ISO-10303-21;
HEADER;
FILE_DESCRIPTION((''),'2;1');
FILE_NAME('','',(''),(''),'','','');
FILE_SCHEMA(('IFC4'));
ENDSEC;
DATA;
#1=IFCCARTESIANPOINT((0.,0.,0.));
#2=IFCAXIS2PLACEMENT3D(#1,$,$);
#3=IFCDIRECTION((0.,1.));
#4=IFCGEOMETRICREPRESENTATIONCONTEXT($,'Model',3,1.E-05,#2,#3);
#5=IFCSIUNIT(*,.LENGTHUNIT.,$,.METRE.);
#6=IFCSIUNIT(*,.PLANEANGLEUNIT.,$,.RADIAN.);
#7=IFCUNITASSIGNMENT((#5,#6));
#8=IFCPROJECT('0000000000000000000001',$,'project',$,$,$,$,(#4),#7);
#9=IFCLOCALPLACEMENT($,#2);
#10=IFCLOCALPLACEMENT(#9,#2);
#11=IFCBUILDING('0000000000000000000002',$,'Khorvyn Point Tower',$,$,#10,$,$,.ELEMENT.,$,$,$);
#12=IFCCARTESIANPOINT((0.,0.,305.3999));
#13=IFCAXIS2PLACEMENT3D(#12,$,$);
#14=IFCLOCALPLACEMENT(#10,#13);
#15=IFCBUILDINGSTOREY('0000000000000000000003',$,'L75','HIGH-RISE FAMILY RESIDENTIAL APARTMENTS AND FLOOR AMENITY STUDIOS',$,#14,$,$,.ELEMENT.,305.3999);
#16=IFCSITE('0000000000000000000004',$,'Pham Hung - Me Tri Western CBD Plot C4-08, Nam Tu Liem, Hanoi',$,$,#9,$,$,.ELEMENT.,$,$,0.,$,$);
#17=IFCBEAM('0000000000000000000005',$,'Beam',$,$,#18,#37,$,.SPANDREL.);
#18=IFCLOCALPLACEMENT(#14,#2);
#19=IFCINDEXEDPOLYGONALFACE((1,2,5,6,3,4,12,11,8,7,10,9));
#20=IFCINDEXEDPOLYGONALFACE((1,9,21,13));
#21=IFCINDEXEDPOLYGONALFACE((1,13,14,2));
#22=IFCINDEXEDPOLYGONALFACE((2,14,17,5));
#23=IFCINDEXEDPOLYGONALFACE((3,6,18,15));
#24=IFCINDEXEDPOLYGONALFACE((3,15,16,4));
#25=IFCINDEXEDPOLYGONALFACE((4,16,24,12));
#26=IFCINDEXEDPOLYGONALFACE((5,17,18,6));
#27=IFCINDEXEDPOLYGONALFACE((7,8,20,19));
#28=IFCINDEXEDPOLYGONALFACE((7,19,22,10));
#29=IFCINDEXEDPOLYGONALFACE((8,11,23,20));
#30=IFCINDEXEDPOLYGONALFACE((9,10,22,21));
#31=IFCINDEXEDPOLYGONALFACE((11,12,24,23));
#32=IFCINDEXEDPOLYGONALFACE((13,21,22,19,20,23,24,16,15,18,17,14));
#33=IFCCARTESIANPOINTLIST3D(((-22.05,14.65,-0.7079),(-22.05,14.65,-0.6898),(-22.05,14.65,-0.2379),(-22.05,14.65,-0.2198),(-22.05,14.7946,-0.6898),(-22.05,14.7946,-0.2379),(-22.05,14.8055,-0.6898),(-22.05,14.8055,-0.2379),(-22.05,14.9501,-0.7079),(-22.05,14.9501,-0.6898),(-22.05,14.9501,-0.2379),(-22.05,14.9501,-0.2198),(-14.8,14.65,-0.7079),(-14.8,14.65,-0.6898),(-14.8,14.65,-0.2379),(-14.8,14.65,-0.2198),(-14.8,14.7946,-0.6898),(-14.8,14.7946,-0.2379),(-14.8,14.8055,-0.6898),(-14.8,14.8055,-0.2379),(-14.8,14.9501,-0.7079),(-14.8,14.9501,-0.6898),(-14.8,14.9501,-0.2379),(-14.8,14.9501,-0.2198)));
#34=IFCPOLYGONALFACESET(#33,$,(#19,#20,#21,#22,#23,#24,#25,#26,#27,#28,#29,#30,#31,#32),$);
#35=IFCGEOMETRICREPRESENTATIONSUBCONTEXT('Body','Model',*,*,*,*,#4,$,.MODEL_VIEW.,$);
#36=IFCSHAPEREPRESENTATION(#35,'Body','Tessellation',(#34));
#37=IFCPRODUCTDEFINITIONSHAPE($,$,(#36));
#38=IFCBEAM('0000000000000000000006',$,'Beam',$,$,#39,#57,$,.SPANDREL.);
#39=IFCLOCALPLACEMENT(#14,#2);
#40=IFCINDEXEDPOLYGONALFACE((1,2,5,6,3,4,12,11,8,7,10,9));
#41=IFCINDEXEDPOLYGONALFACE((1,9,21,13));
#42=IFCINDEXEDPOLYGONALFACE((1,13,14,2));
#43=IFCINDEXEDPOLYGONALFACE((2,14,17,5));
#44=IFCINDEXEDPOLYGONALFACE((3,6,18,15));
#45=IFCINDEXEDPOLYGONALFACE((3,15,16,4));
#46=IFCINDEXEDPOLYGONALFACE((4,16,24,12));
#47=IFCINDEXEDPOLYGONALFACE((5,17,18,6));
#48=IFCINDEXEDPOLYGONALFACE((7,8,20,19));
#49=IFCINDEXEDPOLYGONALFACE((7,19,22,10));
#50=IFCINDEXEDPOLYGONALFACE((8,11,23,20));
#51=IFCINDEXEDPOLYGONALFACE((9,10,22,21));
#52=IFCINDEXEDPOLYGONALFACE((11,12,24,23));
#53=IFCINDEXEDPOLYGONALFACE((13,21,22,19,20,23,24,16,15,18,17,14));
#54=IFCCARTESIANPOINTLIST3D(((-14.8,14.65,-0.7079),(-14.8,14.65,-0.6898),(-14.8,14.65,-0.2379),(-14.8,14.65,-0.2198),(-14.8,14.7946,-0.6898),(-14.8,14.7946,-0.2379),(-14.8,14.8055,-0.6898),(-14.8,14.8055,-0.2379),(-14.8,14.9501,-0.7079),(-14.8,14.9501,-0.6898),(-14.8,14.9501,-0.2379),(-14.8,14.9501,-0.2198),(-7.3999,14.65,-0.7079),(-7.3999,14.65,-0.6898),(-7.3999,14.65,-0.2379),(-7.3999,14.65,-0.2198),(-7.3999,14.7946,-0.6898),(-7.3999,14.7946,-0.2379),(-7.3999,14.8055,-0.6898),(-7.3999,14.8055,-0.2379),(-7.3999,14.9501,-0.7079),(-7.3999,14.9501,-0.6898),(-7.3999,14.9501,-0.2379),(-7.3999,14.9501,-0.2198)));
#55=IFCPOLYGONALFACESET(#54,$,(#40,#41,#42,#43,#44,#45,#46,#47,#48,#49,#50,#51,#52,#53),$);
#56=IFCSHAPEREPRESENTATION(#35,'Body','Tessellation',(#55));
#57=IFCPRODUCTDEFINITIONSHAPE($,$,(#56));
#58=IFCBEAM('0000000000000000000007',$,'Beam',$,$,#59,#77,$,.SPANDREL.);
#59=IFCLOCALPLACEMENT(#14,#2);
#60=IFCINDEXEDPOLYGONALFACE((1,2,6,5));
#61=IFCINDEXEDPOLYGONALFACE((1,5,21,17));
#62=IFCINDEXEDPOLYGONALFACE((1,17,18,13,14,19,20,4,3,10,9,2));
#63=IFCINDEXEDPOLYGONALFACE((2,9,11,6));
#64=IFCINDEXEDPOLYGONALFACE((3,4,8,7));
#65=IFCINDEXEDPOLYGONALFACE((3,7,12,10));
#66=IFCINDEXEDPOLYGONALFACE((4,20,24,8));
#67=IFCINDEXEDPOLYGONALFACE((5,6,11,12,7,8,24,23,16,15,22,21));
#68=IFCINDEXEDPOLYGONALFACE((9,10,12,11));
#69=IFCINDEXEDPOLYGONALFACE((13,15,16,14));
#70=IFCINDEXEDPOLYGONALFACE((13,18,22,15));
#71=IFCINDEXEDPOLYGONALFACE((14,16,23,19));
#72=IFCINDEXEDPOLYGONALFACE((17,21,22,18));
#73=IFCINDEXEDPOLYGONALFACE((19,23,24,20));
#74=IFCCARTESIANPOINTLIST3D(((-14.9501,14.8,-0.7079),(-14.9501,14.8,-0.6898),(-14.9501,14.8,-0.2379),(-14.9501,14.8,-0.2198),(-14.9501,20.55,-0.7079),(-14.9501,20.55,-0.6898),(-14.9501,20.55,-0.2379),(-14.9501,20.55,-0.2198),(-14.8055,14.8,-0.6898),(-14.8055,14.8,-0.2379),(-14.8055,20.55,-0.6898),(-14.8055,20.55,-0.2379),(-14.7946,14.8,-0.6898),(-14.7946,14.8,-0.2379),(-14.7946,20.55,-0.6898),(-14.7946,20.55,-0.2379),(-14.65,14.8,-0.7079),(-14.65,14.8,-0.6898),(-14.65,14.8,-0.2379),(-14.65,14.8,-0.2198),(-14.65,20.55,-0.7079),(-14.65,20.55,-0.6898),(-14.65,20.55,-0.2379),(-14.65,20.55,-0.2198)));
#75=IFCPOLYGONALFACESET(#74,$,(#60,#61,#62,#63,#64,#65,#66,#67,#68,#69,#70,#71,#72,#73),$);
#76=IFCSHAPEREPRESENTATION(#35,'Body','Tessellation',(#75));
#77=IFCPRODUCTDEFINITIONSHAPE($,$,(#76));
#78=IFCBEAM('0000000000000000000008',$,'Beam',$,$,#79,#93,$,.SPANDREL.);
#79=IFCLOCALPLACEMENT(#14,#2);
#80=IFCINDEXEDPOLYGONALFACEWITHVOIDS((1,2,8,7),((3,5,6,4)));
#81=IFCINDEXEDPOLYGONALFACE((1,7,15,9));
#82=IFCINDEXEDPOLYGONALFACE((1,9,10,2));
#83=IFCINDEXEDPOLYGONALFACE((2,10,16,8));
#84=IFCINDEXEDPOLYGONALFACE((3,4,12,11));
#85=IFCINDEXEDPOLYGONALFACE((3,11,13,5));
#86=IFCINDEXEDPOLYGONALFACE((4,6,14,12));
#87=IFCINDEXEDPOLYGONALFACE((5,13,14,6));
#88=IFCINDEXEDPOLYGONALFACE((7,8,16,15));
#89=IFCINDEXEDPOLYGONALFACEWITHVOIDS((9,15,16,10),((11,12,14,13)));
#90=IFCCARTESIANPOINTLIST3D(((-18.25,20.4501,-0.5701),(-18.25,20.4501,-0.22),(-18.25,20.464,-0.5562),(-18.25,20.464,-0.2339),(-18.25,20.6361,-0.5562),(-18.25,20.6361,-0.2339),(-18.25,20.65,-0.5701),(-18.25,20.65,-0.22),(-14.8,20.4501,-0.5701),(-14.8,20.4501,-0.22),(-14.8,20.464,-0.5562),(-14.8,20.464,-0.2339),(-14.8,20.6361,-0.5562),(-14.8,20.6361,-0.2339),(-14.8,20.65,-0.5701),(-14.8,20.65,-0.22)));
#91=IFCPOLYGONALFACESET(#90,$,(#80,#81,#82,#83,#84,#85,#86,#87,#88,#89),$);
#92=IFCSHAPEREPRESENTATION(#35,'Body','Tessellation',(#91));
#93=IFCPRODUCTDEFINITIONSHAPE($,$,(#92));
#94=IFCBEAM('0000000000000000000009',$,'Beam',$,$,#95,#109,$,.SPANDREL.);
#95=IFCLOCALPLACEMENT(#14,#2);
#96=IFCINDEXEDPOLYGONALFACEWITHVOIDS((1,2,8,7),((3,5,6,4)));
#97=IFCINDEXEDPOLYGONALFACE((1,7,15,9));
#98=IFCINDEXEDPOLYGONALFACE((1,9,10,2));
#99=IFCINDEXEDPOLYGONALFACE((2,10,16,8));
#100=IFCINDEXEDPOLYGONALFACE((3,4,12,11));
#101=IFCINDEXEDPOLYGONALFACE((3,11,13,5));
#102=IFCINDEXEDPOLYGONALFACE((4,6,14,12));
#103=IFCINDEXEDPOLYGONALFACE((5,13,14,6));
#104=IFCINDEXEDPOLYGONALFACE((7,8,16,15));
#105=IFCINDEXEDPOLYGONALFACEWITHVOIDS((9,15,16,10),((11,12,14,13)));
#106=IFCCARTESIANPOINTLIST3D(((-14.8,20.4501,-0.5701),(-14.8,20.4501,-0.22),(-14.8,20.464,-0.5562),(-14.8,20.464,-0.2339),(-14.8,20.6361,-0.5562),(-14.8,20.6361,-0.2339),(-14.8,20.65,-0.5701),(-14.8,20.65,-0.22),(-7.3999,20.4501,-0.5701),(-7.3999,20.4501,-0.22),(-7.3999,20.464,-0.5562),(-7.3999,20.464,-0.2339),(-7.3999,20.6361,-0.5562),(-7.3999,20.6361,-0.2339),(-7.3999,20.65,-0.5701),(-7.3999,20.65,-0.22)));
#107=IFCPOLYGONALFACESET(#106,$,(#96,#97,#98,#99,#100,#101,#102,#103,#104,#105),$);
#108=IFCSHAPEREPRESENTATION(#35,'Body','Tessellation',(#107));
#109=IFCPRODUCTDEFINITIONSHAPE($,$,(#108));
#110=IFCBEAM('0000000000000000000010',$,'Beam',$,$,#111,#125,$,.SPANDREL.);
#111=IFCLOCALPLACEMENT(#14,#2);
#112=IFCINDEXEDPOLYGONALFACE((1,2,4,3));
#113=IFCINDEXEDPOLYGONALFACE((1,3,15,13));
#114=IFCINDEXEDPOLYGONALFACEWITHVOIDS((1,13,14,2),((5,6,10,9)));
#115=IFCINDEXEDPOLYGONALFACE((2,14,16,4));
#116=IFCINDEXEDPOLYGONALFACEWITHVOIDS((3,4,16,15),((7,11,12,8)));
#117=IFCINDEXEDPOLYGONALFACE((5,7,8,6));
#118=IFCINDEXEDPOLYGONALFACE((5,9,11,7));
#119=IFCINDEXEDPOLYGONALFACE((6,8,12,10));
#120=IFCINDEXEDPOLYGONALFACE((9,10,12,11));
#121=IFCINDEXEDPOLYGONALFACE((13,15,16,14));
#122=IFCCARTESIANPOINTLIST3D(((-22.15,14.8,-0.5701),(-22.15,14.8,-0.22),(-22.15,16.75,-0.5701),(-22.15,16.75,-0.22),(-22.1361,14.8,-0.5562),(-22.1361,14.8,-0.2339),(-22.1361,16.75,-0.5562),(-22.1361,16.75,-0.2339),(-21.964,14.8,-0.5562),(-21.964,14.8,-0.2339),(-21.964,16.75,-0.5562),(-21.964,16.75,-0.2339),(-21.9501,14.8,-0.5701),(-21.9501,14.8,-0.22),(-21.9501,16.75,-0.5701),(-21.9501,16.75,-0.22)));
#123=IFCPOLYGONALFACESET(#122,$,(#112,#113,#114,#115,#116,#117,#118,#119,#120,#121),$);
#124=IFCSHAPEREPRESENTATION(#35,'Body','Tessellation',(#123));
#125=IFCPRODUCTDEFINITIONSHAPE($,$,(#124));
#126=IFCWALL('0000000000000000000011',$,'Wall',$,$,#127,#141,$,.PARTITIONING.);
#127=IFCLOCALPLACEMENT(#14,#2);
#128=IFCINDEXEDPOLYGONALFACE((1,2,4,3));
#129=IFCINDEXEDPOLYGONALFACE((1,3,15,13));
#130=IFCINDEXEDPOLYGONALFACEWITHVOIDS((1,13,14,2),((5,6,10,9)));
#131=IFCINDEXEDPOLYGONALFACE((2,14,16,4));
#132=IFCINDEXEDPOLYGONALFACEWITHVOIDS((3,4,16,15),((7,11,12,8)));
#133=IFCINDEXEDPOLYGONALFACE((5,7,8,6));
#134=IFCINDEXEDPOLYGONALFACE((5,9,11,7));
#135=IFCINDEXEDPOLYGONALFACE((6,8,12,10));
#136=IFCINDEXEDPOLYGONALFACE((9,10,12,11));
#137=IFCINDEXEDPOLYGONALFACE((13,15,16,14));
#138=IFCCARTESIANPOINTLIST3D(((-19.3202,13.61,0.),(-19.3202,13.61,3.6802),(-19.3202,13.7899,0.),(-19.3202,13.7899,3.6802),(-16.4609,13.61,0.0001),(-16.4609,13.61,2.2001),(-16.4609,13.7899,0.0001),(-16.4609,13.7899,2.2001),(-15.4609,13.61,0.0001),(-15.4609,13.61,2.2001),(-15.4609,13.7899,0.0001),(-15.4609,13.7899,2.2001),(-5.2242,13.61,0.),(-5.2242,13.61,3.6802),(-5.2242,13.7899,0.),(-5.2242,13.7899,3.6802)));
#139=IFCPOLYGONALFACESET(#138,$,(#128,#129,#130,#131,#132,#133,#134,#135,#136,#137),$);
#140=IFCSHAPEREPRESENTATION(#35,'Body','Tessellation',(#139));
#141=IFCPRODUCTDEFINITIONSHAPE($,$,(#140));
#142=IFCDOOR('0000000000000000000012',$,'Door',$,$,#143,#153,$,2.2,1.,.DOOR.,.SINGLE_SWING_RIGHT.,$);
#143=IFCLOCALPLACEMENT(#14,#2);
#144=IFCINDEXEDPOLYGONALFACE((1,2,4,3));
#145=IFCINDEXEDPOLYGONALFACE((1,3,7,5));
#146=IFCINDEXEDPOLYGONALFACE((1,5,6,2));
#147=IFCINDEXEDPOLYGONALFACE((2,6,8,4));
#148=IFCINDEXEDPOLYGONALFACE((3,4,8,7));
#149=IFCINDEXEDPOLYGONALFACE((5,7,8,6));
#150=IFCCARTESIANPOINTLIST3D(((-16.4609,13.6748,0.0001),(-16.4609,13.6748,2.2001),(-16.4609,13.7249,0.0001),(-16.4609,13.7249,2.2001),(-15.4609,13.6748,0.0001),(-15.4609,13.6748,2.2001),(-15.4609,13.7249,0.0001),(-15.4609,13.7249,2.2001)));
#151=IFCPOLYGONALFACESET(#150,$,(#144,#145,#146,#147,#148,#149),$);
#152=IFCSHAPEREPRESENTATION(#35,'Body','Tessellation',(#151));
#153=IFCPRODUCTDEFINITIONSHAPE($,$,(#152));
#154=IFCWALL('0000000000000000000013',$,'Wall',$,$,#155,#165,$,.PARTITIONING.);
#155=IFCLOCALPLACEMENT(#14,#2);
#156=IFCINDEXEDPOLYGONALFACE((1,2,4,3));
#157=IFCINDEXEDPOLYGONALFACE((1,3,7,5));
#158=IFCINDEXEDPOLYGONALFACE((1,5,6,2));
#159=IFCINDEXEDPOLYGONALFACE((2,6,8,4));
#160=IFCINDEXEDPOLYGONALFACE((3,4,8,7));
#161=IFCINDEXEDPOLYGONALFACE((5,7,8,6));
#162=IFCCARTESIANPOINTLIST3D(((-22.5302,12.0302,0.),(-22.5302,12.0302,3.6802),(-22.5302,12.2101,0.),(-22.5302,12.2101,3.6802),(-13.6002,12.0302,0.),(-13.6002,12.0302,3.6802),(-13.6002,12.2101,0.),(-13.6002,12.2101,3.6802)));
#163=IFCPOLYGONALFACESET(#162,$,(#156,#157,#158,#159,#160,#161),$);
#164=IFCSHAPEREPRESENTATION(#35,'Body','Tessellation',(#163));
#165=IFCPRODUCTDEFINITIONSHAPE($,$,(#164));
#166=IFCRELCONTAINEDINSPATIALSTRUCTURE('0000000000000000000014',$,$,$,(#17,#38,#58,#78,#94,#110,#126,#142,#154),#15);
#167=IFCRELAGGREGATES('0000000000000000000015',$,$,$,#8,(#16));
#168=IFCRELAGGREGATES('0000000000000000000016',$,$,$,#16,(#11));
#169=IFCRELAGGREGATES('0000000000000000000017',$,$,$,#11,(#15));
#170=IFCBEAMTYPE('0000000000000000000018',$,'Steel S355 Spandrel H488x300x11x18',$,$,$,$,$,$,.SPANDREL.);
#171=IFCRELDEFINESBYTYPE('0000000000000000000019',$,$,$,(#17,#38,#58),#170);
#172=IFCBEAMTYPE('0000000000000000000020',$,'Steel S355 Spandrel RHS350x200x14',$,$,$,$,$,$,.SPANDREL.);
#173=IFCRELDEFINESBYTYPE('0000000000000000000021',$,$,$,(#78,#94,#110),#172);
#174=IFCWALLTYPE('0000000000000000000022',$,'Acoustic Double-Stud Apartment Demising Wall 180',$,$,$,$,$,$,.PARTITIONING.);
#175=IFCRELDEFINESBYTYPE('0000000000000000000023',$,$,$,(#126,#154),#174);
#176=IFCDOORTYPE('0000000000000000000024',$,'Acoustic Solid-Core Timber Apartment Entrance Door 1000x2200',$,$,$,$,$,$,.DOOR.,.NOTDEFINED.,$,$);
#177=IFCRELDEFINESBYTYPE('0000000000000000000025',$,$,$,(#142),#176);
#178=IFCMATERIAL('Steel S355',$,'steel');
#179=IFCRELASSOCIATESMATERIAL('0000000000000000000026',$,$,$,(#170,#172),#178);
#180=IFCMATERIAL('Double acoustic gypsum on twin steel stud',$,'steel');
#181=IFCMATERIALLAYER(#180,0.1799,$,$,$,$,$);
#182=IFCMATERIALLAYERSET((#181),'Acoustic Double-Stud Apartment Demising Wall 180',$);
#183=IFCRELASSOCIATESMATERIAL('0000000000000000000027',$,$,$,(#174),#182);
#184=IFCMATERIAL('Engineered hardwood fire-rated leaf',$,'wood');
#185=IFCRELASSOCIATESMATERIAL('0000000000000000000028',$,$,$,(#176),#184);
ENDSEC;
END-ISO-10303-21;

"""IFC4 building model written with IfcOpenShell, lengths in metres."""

from ifc_helpers import new_model, si_unit, direction, frame, frame_2d, origin, origin_2d, place, context, subcontext, project, spatial, rectangle, hollow_rectangle, i_section, extrude, material, layer, layer_set, material_profile, profile_set, type_object, element, fill, save


model = new_model("IFC4")

# Units and contexts
model_context = context("Model", 3, precision=1e-05, world=origin(), true_north=direction((0.0, 1.0)))
body_context = subcontext(model_context, "Body", "Model", "MODEL_VIEW")
ifc_project = project(units=[si_unit("LENGTHUNIT", "METRE"), si_unit("PLANEANGLEUNIT", "RADIAN")], contexts=[model_context])

# Site, building, storey
site_placement = place(None, origin())
site = spatial("IfcSite", under=ifc_project, at=site_placement, Name="Pham Hung - Me Tri Western CBD Plot C4-08, Nam Tu Liem, Hanoi", CompositionType="ELEMENT", RefElevation=0.0)
building_placement = place(site_placement, origin())
building = spatial("IfcBuilding", under=site, at=building_placement, Name="Khorvyn Point Tower", CompositionType="ELEMENT")
storey_placement = place(building_placement, frame((0.0, 0.0, 305.3999)))
storey = spatial("IfcBuildingStorey", under=building, at=storey_placement, Name="L75", Description="HIGH-RISE FAMILY RESIDENTIAL APARTMENTS AND FLOOR AMENITY STUDIOS", CompositionType="ELEMENT", Elevation=305.3999)

# Shared definitions
ifc_material_1 = material(Name="Steel S355", Category="steel")

# Beams
ifc_material_profile_1 = material_profile(ifc_material_1, i_section(OverallWidth=0.3, OverallDepth=0.488, WebThickness=0.011, FlangeThickness=0.0181, at=origin_2d()))
ifc_profile_set_1 = profile_set([ifc_material_profile_1], Name="Steel S355 H488x300x11x18")
beam_type_1 = type_object("IfcBeamType", Name="Steel S355 Spandrel H488x300x11x18", PredefinedType="SPANDREL", material=ifc_profile_set_1)
beam_1_placement = place(storey_placement, frame((-22.05, 14.8, -0.4639), z_axis=(1.0, 0.0, 0.0), x_axis=(0.0, 1.0, 0.0)))
element("IfcBeam", 1, at=beam_1_placement, inside=storey, type_object=beam_type_1, Name="Beam", PredefinedType="SPANDREL", context=body_context, shape_type="SweptSolid", body=[
    extrude(i_section(OverallWidth=0.3, OverallDepth=0.488, WebThickness=0.011, FlangeThickness=0.0181, at=origin_2d()), origin(), (0.0, 0.0, 1.0), 7.25),
])
beam_2_placement = place(storey_placement, frame((-14.8, 14.8, -0.4639), z_axis=(1.0, 0.0, 0.0), x_axis=(0.0, 1.0, 0.0)))
element("IfcBeam", 2, at=beam_2_placement, inside=storey, type_object=beam_type_1, Name="Beam", PredefinedType="SPANDREL", context=body_context, shape_type="SweptSolid", body=[
    extrude(i_section(OverallWidth=0.3, OverallDepth=0.488, WebThickness=0.011, FlangeThickness=0.0181, at=origin_2d()), origin(), (0.0, 0.0, 1.0), 7.4001),
])
beam_3_placement = place(storey_placement, frame((-14.8, 14.8, -0.4639), z_axis=(0.0, 1.0, 0.0), x_axis=(-1.0, 0.0, 0.0)))
element("IfcBeam", 3, at=beam_3_placement, inside=storey, type_object=beam_type_1, Name="Beam", PredefinedType="SPANDREL", context=body_context, shape_type="SweptSolid", body=[
    extrude(i_section(OverallWidth=0.3, OverallDepth=0.488, WebThickness=0.011, FlangeThickness=0.0181, at=origin_2d()), origin(), (0.0, 0.0, 1.0), 5.75),
])
ifc_material_profile_2 = material_profile(ifc_material_1, hollow_rectangle(XDim=0.2, YDim=0.3501, WallThickness=0.0139, at=origin_2d()))
ifc_profile_set_2 = profile_set([ifc_material_profile_2], Name="Steel S355 RHS350x200x14")
beam_type_2 = type_object("IfcBeamType", Name="Steel S355 Spandrel RHS350x200x14", PredefinedType="SPANDREL", material=ifc_profile_set_2)
beam_4_placement = place(storey_placement, frame((-18.25, 20.55, -0.395), z_axis=(1.0, 0.0, 0.0), x_axis=(0.0, 1.0, 0.0)))
element("IfcBeam", 4, at=beam_4_placement, inside=storey, type_object=beam_type_2, Name="Beam", PredefinedType="SPANDREL", context=body_context, shape_type="SweptSolid", body=[
    extrude(hollow_rectangle(XDim=0.2, YDim=0.3501, WallThickness=0.0139, at=origin_2d()), origin(), (0.0, 0.0, 1.0), 3.45),
])
beam_5_placement = place(storey_placement, frame((-14.8, 20.55, -0.395), z_axis=(1.0, 0.0, 0.0), x_axis=(0.0, 1.0, 0.0)))
element("IfcBeam", 5, at=beam_5_placement, inside=storey, type_object=beam_type_2, Name="Beam", PredefinedType="SPANDREL", context=body_context, shape_type="SweptSolid", body=[
    extrude(hollow_rectangle(XDim=0.2, YDim=0.3501, WallThickness=0.0139, at=origin_2d()), origin(), (0.0, 0.0, 1.0), 7.4001),
])
beam_6_placement = place(storey_placement, frame((-22.05, 14.8, -0.395), z_axis=(0.0, 1.0, 0.0), x_axis=(-1.0, 0.0, 0.0)))
element("IfcBeam", 6, at=beam_6_placement, inside=storey, type_object=beam_type_2, Name="Beam", PredefinedType="SPANDREL", context=body_context, shape_type="SweptSolid", body=[
    extrude(hollow_rectangle(XDim=0.2, YDim=0.3501, WallThickness=0.0139, at=origin_2d()), origin(), (0.0, 0.0, 1.0), 1.95),
])

# Wall, opening, door
ifc_material_2 = material(Name="Double acoustic gypsum on twin steel stud", Category="steel")
ifc_layer_1 = layer(ifc_material_2, 0.1799)
ifc_layer_set_1 = layer_set([ifc_layer_1], Name="Acoustic Double-Stud Apartment Demising Wall 180")
wall_type_1 = type_object("IfcWallType", Name="Acoustic Double-Stud Apartment Demising Wall 180", PredefinedType="PARTITIONING", material=ifc_layer_set_1)
wall_1_placement = place(storey_placement, frame((-19.3201, 13.7, 0.0), z_axis=(0.0, 0.0, 1.0), x_axis=(1.0, 0.0, 0.0)))
wall_1 = element("IfcWall", 7, at=wall_1_placement, inside=storey, type_object=wall_type_1, Name="Wall", PredefinedType="PARTITIONING", context=body_context, shape_type="SweptSolid", body=[
    extrude(rectangle(XDim=14.0959, YDim=0.1799, at=frame_2d((7.0479, 0.0))), origin(), (0.0, 0.0, 1.0), 3.6802),
])
opening_1_placement = place(wall_1_placement, frame((2.8591, 0.0, 0.0)))
opening_1 = element("IfcOpeningElement", 8, at=opening_1_placement, cuts=wall_1, PredefinedType="OPENING", context=body_context, shape_type="SweptSolid", body=[
    extrude(rectangle(XDim=1.0, YDim=2.2, at=frame_2d((0.5, 1.1001))), frame((0.0, 0.0999, 0.0), z_axis=(0.0, -1.0, 0.0), x_axis=(1.0, 0.0, 0.0)), (0.0, 0.0, 1.0), 0.2),
])
ifc_material_3 = material(Name="Engineered hardwood fire-rated leaf", Category="wood")
door_type = type_object("IfcDoorType", Name="Acoustic Solid-Core Timber Apartment Entrance Door 1000x2200", OperationType="NOTDEFINED", PredefinedType="DOOR", material=ifc_material_3)
door_placement = place(opening_1_placement, origin())
door = element("IfcDoor", 9, at=door_placement, inside=storey, type_object=door_type, Name="Door", OperationType="SINGLE_SWING_RIGHT", OverallHeight=2.2, OverallWidth=1.0, PredefinedType="DOOR", context=body_context, shape_type="SweptSolid", body=[
    extrude(rectangle(XDim=1.0, YDim=2.2, at=frame_2d((0.5, 1.1001))), frame((0.0, 0.0249, 0.0), z_axis=(0.0, -1.0, 0.0), x_axis=(1.0, 0.0, 0.0)), (0.0, 0.0, 1.0), 0.05),
])
fill(opening_1, door)

# Wall
wall_2_placement = place(storey_placement, frame((-22.53, 12.1201, 0.0), z_axis=(0.0, 0.0, 1.0), x_axis=(1.0, 0.0, 0.0)))
element("IfcWall", 10, at=wall_2_placement, inside=storey, type_object=wall_type_1, Name="Wall", PredefinedType="PARTITIONING", context=body_context, shape_type="SweptSolid", body=[
    extrude(rectangle(XDim=8.9299, YDim=0.1799, at=frame_2d((4.4648, 0.0))), origin(), (0.0, 0.0, 1.0), 3.6802),
])

save(model, "model.ifc")
